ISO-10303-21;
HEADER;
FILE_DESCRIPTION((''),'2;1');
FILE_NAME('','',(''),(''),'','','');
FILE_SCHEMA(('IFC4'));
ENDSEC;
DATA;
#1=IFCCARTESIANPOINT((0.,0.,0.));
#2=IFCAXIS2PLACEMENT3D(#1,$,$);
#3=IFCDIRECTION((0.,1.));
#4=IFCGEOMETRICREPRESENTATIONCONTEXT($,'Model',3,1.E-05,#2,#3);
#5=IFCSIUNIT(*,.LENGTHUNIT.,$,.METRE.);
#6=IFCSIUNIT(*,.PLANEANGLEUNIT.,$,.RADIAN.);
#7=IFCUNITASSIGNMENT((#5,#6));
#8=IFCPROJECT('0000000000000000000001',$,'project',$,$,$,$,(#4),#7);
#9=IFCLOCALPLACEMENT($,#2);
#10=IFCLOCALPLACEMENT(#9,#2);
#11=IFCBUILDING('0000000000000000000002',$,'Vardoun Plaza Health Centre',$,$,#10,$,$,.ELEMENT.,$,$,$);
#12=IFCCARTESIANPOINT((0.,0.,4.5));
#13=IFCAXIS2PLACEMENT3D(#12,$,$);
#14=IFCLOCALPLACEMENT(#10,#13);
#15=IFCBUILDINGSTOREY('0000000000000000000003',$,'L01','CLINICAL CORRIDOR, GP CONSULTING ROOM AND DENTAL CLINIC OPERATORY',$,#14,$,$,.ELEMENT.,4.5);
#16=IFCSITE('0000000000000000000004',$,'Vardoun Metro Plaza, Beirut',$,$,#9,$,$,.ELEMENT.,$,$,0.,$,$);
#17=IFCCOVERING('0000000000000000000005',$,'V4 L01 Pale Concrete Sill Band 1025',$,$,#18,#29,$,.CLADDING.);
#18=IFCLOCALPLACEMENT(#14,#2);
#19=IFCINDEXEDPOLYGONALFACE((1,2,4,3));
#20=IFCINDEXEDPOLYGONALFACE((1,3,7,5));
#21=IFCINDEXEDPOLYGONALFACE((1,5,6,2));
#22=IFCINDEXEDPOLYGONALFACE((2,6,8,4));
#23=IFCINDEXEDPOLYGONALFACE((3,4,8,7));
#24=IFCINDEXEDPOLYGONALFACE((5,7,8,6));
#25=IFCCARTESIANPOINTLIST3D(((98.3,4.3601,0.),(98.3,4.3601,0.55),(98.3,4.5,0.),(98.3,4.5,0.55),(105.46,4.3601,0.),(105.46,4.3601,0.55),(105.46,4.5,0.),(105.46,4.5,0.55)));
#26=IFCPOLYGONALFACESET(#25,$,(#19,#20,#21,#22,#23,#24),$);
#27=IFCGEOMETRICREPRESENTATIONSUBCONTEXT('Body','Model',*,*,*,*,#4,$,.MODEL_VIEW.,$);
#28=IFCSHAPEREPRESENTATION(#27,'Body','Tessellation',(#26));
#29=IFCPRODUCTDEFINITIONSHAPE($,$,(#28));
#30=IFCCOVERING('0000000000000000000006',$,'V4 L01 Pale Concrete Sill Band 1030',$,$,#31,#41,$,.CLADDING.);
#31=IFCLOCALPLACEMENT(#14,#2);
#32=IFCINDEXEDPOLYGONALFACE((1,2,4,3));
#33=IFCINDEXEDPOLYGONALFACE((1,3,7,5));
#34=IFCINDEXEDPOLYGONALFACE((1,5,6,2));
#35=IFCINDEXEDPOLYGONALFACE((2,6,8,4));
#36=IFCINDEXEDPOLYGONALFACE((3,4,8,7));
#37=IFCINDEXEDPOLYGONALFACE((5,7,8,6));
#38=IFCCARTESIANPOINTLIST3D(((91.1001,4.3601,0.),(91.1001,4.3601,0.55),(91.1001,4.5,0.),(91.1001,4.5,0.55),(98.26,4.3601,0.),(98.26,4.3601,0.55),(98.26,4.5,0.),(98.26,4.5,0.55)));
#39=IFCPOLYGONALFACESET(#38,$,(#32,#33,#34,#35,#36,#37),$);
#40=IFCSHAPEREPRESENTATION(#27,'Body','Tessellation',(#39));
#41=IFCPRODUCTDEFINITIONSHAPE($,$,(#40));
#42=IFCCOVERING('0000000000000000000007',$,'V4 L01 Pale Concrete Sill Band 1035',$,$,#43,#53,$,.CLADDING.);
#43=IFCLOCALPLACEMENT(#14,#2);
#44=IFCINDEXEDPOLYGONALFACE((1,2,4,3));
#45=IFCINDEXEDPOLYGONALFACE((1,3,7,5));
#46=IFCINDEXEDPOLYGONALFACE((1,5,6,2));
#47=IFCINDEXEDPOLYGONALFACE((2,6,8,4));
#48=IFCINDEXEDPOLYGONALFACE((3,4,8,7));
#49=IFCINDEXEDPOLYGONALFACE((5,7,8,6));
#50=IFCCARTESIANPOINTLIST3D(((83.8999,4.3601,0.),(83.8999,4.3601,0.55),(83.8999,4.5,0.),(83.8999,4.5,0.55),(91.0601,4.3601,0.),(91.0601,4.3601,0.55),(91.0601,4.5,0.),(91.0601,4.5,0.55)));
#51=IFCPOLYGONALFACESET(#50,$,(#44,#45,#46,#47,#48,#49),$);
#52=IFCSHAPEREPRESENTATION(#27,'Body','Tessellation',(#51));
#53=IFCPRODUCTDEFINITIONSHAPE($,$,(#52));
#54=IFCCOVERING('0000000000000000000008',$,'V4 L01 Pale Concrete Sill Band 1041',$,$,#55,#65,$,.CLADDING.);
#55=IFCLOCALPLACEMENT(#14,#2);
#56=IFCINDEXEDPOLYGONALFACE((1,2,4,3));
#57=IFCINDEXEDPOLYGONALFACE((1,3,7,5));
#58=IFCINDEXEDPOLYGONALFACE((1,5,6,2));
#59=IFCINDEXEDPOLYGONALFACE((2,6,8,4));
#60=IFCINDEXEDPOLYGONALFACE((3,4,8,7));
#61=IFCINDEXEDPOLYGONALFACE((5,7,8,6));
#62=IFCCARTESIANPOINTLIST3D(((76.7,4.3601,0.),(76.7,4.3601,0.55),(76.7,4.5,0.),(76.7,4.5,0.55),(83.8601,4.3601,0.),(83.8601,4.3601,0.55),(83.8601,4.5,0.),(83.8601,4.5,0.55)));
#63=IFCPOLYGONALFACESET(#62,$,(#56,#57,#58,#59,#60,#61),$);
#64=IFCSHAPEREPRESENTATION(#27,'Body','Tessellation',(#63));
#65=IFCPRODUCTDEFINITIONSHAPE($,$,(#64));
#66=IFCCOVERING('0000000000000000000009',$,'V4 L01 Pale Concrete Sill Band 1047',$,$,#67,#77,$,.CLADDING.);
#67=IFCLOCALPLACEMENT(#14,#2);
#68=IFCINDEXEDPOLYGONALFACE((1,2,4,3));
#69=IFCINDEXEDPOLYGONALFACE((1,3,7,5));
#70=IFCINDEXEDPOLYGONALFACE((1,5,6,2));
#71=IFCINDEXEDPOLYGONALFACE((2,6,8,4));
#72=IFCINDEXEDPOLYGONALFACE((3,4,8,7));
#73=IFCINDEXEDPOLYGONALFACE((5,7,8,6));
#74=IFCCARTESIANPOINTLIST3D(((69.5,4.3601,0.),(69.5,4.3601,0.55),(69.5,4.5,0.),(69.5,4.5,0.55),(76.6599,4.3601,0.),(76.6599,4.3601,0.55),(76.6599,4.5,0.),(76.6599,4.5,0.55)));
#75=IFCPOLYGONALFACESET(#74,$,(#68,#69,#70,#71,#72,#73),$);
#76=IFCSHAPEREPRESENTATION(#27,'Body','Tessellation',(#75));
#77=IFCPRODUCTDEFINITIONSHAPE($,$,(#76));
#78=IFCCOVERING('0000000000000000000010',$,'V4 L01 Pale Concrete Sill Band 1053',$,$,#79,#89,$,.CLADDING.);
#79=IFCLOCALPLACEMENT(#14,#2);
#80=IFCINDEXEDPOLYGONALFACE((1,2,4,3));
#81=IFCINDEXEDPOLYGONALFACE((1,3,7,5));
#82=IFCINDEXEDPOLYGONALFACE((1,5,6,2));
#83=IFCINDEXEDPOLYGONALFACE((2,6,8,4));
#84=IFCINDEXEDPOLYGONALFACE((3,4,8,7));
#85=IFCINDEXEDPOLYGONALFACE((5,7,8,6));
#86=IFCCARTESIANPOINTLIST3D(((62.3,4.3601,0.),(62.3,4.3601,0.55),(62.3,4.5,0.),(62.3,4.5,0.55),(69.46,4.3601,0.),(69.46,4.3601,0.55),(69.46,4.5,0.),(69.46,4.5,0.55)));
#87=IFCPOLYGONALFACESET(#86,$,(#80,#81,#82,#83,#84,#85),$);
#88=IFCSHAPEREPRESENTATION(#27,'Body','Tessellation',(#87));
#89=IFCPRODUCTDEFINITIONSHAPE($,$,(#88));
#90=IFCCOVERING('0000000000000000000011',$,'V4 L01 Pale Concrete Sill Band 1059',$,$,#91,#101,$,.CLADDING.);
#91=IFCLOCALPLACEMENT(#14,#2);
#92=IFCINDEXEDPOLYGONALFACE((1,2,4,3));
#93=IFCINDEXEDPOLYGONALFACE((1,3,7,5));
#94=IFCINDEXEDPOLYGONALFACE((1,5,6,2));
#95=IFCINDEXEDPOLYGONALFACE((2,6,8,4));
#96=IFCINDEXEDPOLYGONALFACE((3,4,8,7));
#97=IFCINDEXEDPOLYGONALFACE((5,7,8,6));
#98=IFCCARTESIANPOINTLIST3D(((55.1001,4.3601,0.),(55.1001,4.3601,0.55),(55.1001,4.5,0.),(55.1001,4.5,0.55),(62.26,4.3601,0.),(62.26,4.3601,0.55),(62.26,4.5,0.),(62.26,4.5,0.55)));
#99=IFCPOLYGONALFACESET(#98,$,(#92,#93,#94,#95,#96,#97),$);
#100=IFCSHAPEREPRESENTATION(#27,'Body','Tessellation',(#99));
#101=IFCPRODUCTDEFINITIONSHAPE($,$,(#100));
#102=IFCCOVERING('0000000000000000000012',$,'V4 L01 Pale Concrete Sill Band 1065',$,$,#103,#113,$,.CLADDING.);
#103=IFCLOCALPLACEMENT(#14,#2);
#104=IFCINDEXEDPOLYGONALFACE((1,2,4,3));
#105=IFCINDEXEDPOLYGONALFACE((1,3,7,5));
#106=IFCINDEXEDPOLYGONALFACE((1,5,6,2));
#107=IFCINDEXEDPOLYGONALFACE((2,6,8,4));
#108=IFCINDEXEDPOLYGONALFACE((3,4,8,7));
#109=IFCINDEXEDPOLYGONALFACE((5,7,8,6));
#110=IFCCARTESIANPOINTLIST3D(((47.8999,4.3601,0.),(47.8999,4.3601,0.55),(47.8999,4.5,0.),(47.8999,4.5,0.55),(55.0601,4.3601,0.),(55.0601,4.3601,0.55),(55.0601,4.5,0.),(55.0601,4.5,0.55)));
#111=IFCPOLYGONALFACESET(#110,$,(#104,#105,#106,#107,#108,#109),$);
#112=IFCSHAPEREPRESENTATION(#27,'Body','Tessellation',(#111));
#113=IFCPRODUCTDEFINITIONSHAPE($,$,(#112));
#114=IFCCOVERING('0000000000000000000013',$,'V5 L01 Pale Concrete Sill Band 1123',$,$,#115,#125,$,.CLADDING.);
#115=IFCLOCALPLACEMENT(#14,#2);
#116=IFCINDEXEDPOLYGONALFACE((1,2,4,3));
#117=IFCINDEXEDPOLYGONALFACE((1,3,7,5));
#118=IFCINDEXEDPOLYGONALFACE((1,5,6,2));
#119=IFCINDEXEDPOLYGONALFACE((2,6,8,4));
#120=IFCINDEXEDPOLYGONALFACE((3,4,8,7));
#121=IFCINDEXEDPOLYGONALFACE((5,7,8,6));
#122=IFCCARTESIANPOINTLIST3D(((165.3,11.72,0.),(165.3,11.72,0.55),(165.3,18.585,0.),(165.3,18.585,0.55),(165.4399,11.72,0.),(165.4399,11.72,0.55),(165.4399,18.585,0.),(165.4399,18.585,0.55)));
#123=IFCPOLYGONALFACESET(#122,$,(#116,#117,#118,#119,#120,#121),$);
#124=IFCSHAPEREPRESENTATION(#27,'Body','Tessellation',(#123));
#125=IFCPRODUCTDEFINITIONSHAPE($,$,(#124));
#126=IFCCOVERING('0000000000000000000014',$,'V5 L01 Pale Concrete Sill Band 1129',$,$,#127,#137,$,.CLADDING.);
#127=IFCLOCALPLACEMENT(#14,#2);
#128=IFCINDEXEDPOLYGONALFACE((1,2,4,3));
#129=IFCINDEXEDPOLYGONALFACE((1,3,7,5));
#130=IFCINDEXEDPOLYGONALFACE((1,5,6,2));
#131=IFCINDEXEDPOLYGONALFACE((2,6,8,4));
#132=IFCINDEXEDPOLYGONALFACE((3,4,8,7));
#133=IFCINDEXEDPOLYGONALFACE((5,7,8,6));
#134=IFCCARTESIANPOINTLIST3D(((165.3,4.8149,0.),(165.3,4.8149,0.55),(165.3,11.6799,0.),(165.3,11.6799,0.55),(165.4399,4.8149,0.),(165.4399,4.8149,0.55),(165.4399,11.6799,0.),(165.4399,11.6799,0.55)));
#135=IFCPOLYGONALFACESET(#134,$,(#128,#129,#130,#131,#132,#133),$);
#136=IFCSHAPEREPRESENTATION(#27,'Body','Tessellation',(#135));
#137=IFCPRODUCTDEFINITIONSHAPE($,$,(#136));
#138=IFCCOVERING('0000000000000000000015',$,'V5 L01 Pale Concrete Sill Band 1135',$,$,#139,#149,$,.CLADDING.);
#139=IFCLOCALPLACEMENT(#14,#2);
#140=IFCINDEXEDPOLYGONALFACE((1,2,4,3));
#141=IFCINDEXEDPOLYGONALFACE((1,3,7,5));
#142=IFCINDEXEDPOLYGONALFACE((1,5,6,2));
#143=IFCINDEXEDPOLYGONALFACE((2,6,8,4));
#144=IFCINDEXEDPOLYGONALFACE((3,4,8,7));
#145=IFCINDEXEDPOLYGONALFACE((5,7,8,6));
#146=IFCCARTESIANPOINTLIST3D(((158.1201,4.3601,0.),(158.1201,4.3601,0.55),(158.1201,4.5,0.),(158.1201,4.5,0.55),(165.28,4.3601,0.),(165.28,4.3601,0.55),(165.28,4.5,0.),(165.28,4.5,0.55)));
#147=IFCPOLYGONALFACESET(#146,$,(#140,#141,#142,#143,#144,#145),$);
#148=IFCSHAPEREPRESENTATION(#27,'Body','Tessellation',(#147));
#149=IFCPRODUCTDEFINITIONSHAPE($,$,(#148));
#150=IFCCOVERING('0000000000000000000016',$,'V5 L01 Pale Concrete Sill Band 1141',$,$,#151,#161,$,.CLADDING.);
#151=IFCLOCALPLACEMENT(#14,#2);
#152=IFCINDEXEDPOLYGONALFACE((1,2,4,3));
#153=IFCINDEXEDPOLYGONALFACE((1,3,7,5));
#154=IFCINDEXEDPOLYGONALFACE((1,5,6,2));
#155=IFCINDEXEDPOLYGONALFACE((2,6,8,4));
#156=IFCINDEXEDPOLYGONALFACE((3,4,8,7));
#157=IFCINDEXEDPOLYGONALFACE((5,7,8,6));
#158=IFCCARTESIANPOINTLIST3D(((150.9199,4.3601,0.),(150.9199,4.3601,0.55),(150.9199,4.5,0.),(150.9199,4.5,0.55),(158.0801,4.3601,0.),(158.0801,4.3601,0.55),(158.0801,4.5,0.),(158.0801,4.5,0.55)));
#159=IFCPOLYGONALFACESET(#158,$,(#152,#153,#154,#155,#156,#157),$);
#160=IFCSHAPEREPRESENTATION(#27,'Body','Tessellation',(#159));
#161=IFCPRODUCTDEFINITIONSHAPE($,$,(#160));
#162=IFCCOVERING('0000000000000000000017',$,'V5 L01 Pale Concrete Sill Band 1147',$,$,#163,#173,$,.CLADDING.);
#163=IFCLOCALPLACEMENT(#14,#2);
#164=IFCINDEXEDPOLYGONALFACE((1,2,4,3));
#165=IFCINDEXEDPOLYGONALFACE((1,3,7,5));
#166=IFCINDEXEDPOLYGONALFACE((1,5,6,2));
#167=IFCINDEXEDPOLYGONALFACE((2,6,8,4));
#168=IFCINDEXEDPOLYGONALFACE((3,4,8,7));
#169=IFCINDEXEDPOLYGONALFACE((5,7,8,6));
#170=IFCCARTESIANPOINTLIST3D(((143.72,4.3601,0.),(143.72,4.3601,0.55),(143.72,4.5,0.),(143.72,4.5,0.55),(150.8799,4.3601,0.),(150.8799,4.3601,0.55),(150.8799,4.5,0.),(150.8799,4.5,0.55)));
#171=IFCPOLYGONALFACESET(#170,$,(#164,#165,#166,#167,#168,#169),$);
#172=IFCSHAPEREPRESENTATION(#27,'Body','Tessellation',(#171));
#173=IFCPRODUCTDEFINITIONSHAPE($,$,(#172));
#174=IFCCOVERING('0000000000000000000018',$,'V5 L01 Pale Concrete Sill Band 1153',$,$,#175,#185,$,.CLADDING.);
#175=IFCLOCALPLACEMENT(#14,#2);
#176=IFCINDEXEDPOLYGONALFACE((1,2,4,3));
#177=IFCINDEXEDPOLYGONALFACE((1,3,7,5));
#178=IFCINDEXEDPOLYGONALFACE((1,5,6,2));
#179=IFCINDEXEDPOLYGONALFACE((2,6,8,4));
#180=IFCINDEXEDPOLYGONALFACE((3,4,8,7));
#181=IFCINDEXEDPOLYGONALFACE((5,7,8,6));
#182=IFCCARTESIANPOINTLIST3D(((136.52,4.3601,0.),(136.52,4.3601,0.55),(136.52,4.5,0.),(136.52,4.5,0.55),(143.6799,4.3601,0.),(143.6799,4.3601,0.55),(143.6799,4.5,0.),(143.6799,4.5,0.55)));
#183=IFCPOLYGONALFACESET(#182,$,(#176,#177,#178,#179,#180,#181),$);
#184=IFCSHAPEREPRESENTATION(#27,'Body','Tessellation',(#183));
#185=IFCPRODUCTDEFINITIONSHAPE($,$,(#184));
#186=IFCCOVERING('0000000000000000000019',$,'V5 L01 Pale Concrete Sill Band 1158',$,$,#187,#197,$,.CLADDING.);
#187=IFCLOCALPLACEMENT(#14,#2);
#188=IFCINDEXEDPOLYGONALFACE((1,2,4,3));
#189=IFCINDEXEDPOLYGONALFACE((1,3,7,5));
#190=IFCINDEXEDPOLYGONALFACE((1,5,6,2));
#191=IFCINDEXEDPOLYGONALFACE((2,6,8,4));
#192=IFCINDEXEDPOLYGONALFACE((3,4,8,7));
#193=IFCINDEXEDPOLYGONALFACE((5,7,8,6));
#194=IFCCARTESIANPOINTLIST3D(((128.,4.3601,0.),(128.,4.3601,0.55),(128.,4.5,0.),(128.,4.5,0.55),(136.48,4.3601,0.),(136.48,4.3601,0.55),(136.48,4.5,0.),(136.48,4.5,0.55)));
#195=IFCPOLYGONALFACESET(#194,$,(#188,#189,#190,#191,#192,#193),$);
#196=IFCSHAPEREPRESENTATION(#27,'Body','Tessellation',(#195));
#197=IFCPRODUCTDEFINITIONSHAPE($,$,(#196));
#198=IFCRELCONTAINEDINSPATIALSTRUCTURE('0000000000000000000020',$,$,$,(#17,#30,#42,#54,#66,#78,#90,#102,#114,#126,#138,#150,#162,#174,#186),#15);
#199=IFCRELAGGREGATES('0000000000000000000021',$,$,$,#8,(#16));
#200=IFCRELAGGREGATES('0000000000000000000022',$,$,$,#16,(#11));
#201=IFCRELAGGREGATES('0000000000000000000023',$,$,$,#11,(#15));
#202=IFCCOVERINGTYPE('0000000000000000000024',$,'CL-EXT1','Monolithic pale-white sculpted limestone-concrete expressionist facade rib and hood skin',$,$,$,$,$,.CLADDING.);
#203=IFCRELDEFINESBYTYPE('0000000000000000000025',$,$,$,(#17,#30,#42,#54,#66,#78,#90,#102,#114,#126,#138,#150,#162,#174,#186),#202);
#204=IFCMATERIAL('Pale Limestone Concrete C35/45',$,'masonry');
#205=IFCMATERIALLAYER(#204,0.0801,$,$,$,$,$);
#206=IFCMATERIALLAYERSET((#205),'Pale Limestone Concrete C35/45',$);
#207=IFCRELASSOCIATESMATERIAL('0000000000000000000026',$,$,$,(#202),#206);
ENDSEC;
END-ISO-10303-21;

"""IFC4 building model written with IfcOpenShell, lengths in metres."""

from ifc_helpers import new_model, si_unit, direction, frame, origin, place, context, subcontext, project, spatial, polyline, outline, extrude, material, layer, layer_set, type_object, element, save


model = new_model("IFC4")

# Units and contexts
model_context = context("Model", 3, precision=1e-05, world=origin(), true_north=direction((0.0, 1.0)))
body_context = subcontext(model_context, "Body", "Model", "MODEL_VIEW")
ifc_project = project(units=[si_unit("LENGTHUNIT", "METRE"), si_unit("PLANEANGLEUNIT", "RADIAN")], contexts=[model_context])

# Site, building, storey
site_placement = place(None, origin())
site = spatial("IfcSite", under=ifc_project, at=site_placement, Name="Vardoun Metro Plaza, Beirut", CompositionType="ELEMENT", RefElevation=0.0)
building_placement = place(site_placement, origin())
building = spatial("IfcBuilding", under=site, at=building_placement, Name="Vardoun Plaza Health Centre", CompositionType="ELEMENT")
storey_placement = place(building_placement, frame((0.0, 0.0, 4.5)))
storey = spatial("IfcBuildingStorey", under=building, at=storey_placement, Name="L01", Description="CLINICAL CORRIDOR, GP CONSULTING ROOM AND DENTAL CLINIC OPERATORY", CompositionType="ELEMENT", Elevation=4.5)

# Coverings
ifc_material = material(Name="Pale Limestone Concrete C35/45", Category="masonry")
ifc_layer = layer(ifc_material, 0.0801)
ifc_layer_set = layer_set([ifc_layer], Name="Pale Limestone Concrete C35/45")
covering_type = type_object("IfcCoveringType", Name="CL-EXT1", Description="Monolithic pale-white sculpted limestone-concrete expressionist facade rib and hood skin", PredefinedType="CLADDING", material=ifc_layer_set)
covering_1_placement = place(storey_placement, origin())
element("IfcCovering", 1, at=covering_1_placement, inside=storey, type_object=covering_type, Name="V4 L01 Pale Concrete Sill Band 1025", PredefinedType="CLADDING", context=body_context, shape_type="SweptSolid", body=[
    extrude(outline(polyline([(105.46, 4.5), (98.3, 4.5), (98.3, 4.3601), (105.46, 4.3601), (105.46, 4.5)])), origin(), (0.0, 0.0, 1.0), 0.55),
])
covering_2_placement = place(storey_placement, origin())
element("IfcCovering", 2, at=covering_2_placement, inside=storey, type_object=covering_type, Name="V4 L01 Pale Concrete Sill Band 1030", PredefinedType="CLADDING", context=body_context, shape_type="SweptSolid", body=[
    extrude(outline(polyline([(98.26, 4.5), (91.1001, 4.5), (91.1001, 4.3601), (98.26, 4.3601), (98.26, 4.5)])), origin(), (0.0, 0.0, 1.0), 0.55),
])
covering_3_placement = place(storey_placement, origin())
element("IfcCovering", 3, at=covering_3_placement, inside=storey, type_object=covering_type, Name="V4 L01 Pale Concrete Sill Band 1035", PredefinedType="CLADDING", context=body_context, shape_type="SweptSolid", body=[
    extrude(outline(polyline([(91.0601, 4.5), (83.8999, 4.5), (83.8999, 4.3601), (91.0601, 4.3601), (91.0601, 4.5)])), origin(), (0.0, 0.0, 1.0), 0.55),
])
covering_4_placement = place(storey_placement, origin())
element("IfcCovering", 4, at=covering_4_placement, inside=storey, type_object=covering_type, Name="V4 L01 Pale Concrete Sill Band 1041", PredefinedType="CLADDING", context=body_context, shape_type="SweptSolid", body=[
    extrude(outline(polyline([(83.8601, 4.5), (76.7, 4.5), (76.7, 4.3601), (83.8601, 4.3601), (83.8601, 4.5)])), origin(), (0.0, 0.0, 1.0), 0.55),
])
covering_5_placement = place(storey_placement, origin())
element("IfcCovering", 5, at=covering_5_placement, inside=storey, type_object=covering_type, Name="V4 L01 Pale Concrete Sill Band 1047", PredefinedType="CLADDING", context=body_context, shape_type="SweptSolid", body=[
    extrude(outline(polyline([(76.6599, 4.5), (69.5, 4.5), (69.5, 4.3601), (76.6599, 4.3601), (76.6599, 4.5)])), origin(), (0.0, 0.0, 1.0), 0.55),
])
covering_6_placement = place(storey_placement, origin())
element("IfcCovering", 6, at=covering_6_placement, inside=storey, type_object=covering_type, Name="V4 L01 Pale Concrete Sill Band 1053", PredefinedType="CLADDING", context=body_context, shape_type="SweptSolid", body=[
    extrude(outline(polyline([(69.46, 4.5), (62.3, 4.5), (62.3, 4.3601), (69.46, 4.3601), (69.46, 4.5)])), origin(), (0.0, 0.0, 1.0), 0.55),
])
covering_7_placement = place(storey_placement, origin())
element("IfcCovering", 7, at=covering_7_placement, inside=storey, type_object=covering_type, Name="V4 L01 Pale Concrete Sill Band 1059", PredefinedType="CLADDING", context=body_context, shape_type="SweptSolid", body=[
    extrude(outline(polyline([(62.26, 4.5), (55.1001, 4.5), (55.1001, 4.3601), (62.26, 4.3601), (62.26, 4.5)])), origin(), (0.0, 0.0, 1.0), 0.55),
])
covering_8_placement = place(storey_placement, origin())
element("IfcCovering", 8, at=covering_8_placement, inside=storey, type_object=covering_type, Name="V4 L01 Pale Concrete Sill Band 1065", PredefinedType="CLADDING", context=body_context, shape_type="SweptSolid", body=[
    extrude(outline(polyline([(55.0601, 4.5), (47.8999, 4.5), (47.8999, 4.3601), (55.0601, 4.3601), (55.0601, 4.5)])), origin(), (0.0, 0.0, 1.0), 0.55),
])
covering_9_placement = place(storey_placement, origin())
element("IfcCovering", 9, at=covering_9_placement, inside=storey, type_object=covering_type, Name="V5 L01 Pale Concrete Sill Band 1123", PredefinedType="CLADDING", context=body_context, shape_type="SweptSolid", body=[
    extrude(outline(polyline([(165.3, 18.585), (165.3, 11.72), (165.4399, 11.72), (165.4399, 18.585), (165.3, 18.585)])), origin(), (0.0, 0.0, 1.0), 0.55),
])
covering_10_placement = place(storey_placement, origin())
element("IfcCovering", 10, at=covering_10_placement, inside=storey, type_object=covering_type, Name="V5 L01 Pale Concrete Sill Band 1129", PredefinedType="CLADDING", context=body_context, shape_type="SweptSolid", body=[
    extrude(outline(polyline([(165.3, 11.6799), (165.3, 4.8149), (165.4399, 4.8149), (165.4399, 11.6799), (165.3, 11.6799)])), origin(), (0.0, 0.0, 1.0), 0.55),
])
covering_11_placement = place(storey_placement, origin())
element("IfcCovering", 11, at=covering_11_placement, inside=storey, type_object=covering_type, Name="V5 L01 Pale Concrete Sill Band 1135", PredefinedType="CLADDING", context=body_context, shape_type="SweptSolid", body=[
    extrude(outline(polyline([(165.28, 4.5), (158.1201, 4.5), (158.1201, 4.3601), (165.28, 4.3601), (165.28, 4.5)])), origin(), (0.0, 0.0, 1.0), 0.55),
])
covering_12_placement = place(storey_placement, origin())
element("IfcCovering", 12, at=covering_12_placement, inside=storey, type_object=covering_type, Name="V5 L01 Pale Concrete Sill Band 1141", PredefinedType="CLADDING", context=body_context, shape_type="SweptSolid", body=[
    extrude(outline(polyline([(158.0801, 4.5), (150.9199, 4.5), (150.9199, 4.3601), (158.0801, 4.3601), (158.0801, 4.5)])), origin(), (0.0, 0.0, 1.0), 0.55),
])
covering_13_placement = place(storey_placement, origin())
element("IfcCovering", 13, at=covering_13_placement, inside=storey, type_object=covering_type, Name="V5 L01 Pale Concrete Sill Band 1147", PredefinedType="CLADDING", context=body_context, shape_type="SweptSolid", body=[
    extrude(outline(polyline([(150.8799, 4.5), (143.72, 4.5), (143.72, 4.3601), (150.8799, 4.3601), (150.8799, 4.5)])), origin(), (0.0, 0.0, 1.0), 0.55),
])
covering_14_placement = place(storey_placement, origin())
element("IfcCovering", 14, at=covering_14_placement, inside=storey, type_object=covering_type, Name="V5 L01 Pale Concrete Sill Band 1153", PredefinedType="CLADDING", context=body_context, shape_type="SweptSolid", body=[
    extrude(outline(polyline([(143.6799, 4.5), (136.52, 4.5), (136.52, 4.3601), (143.6799, 4.3601), (143.6799, 4.5)])), origin(), (0.0, 0.0, 1.0), 0.55),
])
covering_15_placement = place(storey_placement, origin())
element("IfcCovering", 15, at=covering_15_placement, inside=storey, type_object=covering_type, Name="V5 L01 Pale Concrete Sill Band 1158", PredefinedType="CLADDING", context=body_context, shape_type="SweptSolid", body=[
    extrude(outline(polyline([(136.48, 4.5), (128.0, 4.5), (128.0, 4.3601), (136.48, 4.3601), (136.48, 4.5)])), origin(), (0.0, 0.0, 1.0), 0.55),
])

save(model, "model.ifc")
